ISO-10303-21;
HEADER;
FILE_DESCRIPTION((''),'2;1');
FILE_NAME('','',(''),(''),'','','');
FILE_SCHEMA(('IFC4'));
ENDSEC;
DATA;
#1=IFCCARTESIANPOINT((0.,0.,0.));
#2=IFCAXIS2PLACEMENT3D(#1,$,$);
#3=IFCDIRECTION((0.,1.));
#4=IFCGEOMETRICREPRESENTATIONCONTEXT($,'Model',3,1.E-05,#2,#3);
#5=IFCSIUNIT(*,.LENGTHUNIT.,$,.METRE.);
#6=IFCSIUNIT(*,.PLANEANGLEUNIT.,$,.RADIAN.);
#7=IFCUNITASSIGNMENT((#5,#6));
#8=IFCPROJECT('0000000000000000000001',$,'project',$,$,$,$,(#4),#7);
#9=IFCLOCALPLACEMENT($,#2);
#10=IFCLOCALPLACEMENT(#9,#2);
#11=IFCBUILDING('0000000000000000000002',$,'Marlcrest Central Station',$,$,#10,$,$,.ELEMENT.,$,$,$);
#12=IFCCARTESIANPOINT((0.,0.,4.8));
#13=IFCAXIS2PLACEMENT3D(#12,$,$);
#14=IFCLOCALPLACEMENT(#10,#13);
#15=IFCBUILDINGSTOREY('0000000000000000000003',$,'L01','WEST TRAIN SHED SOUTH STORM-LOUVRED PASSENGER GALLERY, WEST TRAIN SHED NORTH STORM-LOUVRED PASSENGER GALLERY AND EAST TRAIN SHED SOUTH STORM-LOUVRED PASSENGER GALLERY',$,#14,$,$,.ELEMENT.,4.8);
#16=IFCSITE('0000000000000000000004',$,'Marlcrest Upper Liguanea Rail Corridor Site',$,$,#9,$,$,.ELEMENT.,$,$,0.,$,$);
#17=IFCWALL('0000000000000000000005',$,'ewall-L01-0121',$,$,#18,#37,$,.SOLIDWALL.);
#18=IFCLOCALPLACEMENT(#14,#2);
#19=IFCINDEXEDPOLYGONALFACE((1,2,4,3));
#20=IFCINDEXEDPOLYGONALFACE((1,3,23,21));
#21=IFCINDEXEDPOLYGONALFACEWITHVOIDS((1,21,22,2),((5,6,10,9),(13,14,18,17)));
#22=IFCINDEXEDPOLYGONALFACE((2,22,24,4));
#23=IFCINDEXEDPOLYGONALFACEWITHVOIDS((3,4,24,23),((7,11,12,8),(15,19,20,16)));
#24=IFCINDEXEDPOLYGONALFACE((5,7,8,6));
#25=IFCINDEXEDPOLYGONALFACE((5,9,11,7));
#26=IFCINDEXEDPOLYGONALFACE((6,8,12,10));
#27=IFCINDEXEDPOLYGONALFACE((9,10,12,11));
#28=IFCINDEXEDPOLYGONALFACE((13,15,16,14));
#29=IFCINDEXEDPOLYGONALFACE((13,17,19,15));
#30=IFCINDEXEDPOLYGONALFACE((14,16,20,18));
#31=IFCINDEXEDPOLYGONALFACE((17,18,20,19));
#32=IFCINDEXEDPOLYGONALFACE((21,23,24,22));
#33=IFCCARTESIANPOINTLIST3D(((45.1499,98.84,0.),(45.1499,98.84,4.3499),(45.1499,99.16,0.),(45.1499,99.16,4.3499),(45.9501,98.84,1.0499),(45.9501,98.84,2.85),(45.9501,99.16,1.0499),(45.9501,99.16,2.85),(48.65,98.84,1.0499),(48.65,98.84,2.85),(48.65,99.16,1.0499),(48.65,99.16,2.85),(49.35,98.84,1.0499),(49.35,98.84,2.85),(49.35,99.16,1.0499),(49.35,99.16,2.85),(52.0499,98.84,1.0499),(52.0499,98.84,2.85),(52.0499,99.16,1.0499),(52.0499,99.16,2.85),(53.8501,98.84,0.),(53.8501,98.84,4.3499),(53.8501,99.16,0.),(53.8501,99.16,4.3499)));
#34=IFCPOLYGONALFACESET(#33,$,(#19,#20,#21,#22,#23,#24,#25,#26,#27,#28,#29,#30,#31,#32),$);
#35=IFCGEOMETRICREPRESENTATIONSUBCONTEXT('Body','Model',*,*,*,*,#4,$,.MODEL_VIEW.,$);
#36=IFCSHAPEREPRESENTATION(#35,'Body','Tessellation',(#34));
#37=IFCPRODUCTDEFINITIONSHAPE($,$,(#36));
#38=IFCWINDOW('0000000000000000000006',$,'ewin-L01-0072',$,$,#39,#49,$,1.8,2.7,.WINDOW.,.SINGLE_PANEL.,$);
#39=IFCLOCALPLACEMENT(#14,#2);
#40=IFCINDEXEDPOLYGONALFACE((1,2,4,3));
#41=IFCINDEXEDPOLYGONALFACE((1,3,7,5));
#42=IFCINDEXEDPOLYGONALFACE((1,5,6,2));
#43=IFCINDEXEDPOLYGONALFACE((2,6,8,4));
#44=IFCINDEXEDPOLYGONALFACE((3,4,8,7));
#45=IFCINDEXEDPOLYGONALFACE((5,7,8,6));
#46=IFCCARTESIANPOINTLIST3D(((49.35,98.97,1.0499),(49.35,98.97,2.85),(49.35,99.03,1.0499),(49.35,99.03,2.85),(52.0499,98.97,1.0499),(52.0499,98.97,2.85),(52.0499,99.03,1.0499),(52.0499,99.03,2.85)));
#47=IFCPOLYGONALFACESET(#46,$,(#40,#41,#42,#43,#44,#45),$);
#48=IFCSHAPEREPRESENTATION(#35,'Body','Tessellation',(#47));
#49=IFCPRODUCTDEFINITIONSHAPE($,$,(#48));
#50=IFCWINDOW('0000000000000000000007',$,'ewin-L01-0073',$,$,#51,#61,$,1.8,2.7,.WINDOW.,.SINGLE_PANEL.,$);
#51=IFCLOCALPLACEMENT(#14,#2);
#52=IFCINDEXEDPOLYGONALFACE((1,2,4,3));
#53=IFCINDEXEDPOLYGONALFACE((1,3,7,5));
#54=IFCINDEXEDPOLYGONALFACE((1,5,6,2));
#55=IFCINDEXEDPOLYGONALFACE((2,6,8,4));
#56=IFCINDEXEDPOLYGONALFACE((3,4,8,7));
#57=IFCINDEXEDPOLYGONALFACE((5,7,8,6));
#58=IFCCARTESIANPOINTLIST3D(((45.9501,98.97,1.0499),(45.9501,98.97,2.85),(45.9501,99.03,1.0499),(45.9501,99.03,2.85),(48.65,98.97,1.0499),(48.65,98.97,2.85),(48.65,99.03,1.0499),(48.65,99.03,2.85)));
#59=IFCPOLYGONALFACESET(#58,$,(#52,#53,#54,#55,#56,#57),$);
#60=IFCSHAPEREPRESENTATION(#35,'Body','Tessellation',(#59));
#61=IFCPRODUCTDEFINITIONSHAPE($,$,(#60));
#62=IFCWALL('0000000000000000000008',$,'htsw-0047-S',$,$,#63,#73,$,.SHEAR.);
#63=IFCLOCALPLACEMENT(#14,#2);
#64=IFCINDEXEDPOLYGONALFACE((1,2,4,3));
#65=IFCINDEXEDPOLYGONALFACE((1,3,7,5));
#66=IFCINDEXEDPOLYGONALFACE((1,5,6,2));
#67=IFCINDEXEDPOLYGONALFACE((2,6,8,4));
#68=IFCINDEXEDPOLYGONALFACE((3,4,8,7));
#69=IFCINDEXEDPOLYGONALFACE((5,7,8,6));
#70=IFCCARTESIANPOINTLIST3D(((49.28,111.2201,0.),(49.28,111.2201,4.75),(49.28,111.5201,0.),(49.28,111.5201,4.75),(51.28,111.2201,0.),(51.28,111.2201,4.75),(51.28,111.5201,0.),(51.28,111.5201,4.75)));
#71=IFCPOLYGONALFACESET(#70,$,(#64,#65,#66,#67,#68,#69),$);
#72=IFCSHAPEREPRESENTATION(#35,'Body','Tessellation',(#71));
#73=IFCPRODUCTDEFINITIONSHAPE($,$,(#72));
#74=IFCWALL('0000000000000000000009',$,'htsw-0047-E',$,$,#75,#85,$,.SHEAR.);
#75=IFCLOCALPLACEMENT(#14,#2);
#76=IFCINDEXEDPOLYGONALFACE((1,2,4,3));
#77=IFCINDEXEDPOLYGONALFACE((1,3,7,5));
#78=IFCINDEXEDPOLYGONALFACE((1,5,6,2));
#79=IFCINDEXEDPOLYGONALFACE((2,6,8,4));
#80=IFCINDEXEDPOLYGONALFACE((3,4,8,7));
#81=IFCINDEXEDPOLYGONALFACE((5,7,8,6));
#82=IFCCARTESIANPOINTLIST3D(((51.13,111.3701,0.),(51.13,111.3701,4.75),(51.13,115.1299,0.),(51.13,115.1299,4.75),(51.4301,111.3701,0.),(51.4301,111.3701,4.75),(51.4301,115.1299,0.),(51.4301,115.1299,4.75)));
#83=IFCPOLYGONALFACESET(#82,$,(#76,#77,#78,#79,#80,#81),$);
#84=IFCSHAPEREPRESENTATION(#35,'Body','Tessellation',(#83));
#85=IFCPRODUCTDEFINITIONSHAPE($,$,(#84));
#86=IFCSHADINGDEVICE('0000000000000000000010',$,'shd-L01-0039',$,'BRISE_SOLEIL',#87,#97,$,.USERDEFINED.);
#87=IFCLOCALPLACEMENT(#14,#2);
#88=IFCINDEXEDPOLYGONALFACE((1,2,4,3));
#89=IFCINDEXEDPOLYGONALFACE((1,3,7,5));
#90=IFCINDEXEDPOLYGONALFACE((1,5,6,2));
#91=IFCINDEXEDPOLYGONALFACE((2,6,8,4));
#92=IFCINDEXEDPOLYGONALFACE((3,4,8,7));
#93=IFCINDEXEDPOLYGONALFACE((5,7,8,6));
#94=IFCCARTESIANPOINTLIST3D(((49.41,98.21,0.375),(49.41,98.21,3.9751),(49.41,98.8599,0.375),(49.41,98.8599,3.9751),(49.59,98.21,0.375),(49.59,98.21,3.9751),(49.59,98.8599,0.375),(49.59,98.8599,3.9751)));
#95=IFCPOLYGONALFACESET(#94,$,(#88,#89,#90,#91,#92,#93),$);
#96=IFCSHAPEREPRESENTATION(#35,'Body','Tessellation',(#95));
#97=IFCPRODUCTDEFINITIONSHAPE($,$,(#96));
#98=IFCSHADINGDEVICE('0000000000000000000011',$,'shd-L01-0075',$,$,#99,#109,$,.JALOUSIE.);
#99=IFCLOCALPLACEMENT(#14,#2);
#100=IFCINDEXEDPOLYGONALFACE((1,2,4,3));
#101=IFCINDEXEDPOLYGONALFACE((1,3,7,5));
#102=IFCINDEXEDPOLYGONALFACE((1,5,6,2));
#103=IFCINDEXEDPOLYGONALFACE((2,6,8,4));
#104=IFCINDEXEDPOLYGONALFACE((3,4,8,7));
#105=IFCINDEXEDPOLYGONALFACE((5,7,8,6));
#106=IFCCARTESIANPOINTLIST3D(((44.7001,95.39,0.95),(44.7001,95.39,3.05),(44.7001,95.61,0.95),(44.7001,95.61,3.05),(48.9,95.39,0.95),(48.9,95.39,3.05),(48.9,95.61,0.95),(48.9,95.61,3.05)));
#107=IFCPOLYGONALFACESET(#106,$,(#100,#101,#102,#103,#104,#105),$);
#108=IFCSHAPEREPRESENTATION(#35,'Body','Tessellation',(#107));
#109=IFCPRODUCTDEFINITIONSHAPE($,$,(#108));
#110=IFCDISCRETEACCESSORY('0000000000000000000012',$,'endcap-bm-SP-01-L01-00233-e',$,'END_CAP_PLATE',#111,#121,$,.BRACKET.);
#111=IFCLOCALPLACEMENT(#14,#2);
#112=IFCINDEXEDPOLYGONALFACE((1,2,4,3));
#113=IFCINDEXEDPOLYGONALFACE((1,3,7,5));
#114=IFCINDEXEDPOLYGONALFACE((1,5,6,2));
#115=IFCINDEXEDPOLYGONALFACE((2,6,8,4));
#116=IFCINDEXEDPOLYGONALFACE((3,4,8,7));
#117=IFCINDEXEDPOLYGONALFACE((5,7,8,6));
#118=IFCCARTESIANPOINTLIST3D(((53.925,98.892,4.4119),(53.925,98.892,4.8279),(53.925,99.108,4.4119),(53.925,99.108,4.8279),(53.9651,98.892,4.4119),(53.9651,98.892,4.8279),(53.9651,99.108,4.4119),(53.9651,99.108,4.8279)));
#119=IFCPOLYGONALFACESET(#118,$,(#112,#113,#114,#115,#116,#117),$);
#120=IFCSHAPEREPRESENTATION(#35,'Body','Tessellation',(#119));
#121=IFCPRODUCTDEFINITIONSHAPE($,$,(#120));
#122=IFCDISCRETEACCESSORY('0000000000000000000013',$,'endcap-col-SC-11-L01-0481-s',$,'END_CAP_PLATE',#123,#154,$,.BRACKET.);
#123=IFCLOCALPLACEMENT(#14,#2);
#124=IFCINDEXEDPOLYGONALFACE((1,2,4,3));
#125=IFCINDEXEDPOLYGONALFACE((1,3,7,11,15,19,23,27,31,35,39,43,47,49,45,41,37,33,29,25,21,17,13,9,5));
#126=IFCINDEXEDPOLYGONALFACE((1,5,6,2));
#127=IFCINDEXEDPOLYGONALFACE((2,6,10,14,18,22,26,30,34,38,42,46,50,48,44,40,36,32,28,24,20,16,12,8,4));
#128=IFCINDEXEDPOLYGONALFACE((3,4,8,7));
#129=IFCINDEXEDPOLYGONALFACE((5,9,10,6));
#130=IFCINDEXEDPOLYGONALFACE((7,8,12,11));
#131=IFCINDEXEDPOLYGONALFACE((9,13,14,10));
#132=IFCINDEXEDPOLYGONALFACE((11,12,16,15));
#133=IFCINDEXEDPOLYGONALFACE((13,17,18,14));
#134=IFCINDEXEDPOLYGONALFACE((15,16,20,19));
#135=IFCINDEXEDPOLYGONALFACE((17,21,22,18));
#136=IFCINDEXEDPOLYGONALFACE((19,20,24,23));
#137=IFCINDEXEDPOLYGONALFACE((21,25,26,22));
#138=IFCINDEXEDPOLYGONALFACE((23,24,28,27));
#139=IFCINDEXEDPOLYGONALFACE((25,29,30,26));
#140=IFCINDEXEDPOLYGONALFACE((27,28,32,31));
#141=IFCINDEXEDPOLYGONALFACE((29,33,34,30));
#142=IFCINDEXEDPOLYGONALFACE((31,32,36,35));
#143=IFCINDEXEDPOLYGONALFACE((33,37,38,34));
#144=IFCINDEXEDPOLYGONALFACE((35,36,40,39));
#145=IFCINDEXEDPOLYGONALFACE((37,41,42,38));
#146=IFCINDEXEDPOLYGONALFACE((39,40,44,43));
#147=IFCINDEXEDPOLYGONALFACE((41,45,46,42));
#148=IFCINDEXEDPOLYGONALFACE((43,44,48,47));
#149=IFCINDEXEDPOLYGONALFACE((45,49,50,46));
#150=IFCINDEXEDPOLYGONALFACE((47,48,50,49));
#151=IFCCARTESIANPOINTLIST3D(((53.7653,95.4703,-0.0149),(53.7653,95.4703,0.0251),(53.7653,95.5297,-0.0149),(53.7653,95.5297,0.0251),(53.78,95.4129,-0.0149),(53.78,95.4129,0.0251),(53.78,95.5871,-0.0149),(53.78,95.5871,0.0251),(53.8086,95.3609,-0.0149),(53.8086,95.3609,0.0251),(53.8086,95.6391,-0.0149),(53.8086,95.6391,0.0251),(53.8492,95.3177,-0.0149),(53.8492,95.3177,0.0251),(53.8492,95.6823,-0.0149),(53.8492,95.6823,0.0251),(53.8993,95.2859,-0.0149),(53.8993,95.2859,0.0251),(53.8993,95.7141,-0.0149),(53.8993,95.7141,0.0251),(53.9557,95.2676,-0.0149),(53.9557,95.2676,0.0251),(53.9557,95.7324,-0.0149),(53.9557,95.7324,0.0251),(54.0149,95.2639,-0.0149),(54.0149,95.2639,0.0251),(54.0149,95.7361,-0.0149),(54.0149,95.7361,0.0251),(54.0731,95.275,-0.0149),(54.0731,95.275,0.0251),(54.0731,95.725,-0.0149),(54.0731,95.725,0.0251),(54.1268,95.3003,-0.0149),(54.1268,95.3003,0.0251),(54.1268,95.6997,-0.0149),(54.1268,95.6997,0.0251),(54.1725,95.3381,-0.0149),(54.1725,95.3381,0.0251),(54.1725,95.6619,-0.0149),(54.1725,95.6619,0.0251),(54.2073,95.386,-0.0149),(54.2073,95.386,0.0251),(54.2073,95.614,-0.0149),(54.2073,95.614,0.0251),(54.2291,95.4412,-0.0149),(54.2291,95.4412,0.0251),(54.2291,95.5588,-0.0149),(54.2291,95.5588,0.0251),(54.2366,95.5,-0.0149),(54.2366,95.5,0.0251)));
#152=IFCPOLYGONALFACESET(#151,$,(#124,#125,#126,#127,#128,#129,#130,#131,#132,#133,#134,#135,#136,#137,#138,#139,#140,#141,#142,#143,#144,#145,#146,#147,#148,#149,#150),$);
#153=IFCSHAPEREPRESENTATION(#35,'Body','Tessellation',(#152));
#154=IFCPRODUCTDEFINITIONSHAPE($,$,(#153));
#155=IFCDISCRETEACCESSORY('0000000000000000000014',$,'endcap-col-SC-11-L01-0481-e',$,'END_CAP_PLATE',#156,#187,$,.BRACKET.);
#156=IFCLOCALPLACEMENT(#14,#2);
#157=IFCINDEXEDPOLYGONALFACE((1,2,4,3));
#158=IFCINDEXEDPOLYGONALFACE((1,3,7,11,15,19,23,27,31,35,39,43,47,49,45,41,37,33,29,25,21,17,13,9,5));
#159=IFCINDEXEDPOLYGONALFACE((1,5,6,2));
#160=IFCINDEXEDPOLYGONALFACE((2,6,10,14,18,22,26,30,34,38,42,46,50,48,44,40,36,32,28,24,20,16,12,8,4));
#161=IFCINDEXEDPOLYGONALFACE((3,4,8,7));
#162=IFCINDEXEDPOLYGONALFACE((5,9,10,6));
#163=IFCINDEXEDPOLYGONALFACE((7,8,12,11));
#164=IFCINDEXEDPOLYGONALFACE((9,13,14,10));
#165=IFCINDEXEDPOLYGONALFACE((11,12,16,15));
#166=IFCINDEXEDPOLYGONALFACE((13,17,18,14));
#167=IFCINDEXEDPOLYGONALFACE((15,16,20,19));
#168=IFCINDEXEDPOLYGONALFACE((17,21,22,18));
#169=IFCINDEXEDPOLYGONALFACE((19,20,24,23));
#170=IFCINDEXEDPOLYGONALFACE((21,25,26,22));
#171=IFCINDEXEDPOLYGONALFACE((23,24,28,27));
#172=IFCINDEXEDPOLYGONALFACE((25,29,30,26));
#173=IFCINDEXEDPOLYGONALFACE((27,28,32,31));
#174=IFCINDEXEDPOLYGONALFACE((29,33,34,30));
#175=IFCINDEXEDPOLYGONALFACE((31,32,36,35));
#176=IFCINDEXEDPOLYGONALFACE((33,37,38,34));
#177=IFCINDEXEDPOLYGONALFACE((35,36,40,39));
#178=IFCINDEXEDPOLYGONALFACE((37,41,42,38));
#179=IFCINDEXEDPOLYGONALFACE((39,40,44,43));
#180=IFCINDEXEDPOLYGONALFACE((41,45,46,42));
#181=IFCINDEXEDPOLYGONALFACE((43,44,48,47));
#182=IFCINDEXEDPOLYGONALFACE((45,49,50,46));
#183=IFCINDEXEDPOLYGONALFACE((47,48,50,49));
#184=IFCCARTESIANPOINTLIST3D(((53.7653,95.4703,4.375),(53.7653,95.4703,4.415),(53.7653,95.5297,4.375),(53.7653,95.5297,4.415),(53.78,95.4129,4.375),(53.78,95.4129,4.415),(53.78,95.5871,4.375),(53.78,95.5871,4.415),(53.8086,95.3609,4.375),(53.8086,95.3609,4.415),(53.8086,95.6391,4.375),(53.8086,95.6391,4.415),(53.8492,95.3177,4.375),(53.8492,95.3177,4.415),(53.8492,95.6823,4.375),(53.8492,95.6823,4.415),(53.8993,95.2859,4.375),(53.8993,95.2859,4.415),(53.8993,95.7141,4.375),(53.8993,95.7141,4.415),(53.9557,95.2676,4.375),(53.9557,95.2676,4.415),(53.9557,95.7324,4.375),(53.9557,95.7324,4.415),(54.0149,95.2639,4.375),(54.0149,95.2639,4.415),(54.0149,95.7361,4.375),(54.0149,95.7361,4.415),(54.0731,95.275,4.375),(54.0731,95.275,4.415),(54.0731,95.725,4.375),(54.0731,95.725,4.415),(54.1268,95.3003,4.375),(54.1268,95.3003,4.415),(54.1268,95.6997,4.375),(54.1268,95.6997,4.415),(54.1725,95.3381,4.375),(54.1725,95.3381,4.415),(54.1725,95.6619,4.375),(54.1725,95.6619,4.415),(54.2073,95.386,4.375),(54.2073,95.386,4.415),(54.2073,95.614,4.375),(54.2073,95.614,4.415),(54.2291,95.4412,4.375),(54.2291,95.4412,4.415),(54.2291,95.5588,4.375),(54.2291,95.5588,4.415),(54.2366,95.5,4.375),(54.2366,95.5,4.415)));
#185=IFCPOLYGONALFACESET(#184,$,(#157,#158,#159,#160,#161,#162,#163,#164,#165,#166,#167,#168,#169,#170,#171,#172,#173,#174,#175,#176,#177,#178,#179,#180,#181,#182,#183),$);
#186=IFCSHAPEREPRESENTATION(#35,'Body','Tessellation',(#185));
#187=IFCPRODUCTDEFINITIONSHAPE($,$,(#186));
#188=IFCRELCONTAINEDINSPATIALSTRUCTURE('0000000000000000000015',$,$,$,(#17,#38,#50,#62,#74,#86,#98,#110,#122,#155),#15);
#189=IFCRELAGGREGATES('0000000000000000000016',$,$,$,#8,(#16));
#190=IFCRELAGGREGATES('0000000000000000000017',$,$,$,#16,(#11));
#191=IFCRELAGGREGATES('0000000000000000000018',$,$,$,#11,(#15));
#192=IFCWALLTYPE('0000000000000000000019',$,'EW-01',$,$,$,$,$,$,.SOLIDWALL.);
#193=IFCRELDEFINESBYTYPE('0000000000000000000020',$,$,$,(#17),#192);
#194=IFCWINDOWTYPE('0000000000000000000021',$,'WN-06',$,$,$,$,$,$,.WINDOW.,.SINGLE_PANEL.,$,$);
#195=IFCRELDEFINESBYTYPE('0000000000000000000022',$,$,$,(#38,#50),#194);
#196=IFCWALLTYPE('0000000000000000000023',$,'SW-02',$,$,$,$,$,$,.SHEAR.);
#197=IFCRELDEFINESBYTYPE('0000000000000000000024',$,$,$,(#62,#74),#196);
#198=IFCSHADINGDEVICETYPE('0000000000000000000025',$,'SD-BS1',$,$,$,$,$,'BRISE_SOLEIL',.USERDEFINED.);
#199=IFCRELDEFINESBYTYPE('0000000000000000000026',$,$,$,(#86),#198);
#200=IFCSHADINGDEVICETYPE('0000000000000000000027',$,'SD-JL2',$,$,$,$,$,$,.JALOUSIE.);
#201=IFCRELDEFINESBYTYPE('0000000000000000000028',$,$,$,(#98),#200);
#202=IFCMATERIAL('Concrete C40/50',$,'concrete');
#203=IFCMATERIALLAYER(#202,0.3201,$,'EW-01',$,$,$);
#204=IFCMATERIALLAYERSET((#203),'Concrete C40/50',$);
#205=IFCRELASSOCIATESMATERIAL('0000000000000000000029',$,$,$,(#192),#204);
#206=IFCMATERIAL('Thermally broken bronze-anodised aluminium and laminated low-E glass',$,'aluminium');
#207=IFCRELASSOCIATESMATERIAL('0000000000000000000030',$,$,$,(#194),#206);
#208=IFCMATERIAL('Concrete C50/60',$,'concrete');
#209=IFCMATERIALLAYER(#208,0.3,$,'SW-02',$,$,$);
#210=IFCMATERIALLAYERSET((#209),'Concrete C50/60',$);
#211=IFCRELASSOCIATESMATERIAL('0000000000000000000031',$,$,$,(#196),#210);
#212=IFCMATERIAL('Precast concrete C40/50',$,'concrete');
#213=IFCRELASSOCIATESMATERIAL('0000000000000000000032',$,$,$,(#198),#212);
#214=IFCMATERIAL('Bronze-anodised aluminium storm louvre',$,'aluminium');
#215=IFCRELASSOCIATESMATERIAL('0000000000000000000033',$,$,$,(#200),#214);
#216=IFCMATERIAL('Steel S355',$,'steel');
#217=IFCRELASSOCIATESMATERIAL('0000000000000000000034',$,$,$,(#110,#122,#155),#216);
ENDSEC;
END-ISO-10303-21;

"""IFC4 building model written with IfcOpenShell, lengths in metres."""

from ifc_helpers import new_model, si_unit, direction, frame, frame_2d, origin, origin_2d, place, context, subcontext, project, spatial, rectangle, circle, extrude, material, layer, layer_set, type_object, element, fill, save


model = new_model("IFC4")

# Units and contexts
model_context = context("Model", 3, precision=1e-05, world=origin(), true_north=direction((0.0, 1.0)))
body_context = subcontext(model_context, "Body", "Model", "MODEL_VIEW")
ifc_project = project(units=[si_unit("LENGTHUNIT", "METRE"), si_unit("PLANEANGLEUNIT", "RADIAN")], contexts=[model_context])

# Site, building, storey
site_placement = place(None, origin())
site = spatial("IfcSite", under=ifc_project, at=site_placement, Name="Marlcrest Upper Liguanea Rail Corridor Site", CompositionType="ELEMENT", RefElevation=0.0)
building_placement = place(site_placement, origin())
building = spatial("IfcBuilding", under=site, at=building_placement, Name="Marlcrest Central Station", CompositionType="ELEMENT")
storey_placement = place(building_placement, frame((0.0, 0.0, 4.8)))
storey = spatial("IfcBuildingStorey", under=building, at=storey_placement, Name="L01", Description="WEST TRAIN SHED SOUTH STORM-LOUVRED PASSENGER GALLERY, WEST TRAIN SHED NORTH STORM-LOUVRED PASSENGER GALLERY AND EAST TRAIN SHED SOUTH STORM-LOUVRED PASSENGER GALLERY", CompositionType="ELEMENT", Elevation=4.8)

# Shared definitions
ifc_material_1 = material(Name="Steel S355", Category="steel")

# Wall, openings, windows
ifc_material_2 = material(Name="Concrete C40/50", Category="concrete")
ifc_layer_1 = layer(ifc_material_2, 0.3201, Name="EW-01")
ifc_layer_set_1 = layer_set([ifc_layer_1], Name="Concrete C40/50")
wall_type_1 = type_object("IfcWallType", Name="EW-01", PredefinedType="SOLIDWALL", material=ifc_layer_set_1)
wall_1_placement = place(storey_placement, frame((53.8501, 99.0, 0.0), z_axis=(0.0, 0.0, 1.0), x_axis=(-1.0, 0.0, 0.0)))
wall_1 = element("IfcWall", 1, at=wall_1_placement, inside=storey, type_object=wall_type_1, Name="ewall-L01-0121", PredefinedType="SOLIDWALL", context=body_context, shape_type="SweptSolid", body=[
    extrude(rectangle(XDim=8.7002, YDim=0.3201, at=frame_2d((4.3501, 0.0))), origin(), (0.0, 0.0, 1.0), 4.3499),
])
opening_1_placement = place(wall_1_placement, frame((1.8, 0.0, 1.05)))
opening_1 = element("IfcOpeningElement", 2, at=opening_1_placement, cuts=wall_1, PredefinedType="OPENING", context=body_context, shape_type="SweptSolid", body=[
    extrude(rectangle(XDim=2.7, YDim=1.8, at=frame_2d((1.3501, 0.8999))), frame((0.0, 0.1699, 0.0), z_axis=(0.0, -1.0, 0.0), x_axis=(1.0, 0.0, 0.0)), (0.0, 0.0, 1.0), 0.3401),
])
opening_2_placement = place(wall_1_placement, frame((5.2, 0.0, 1.05)))
opening_2 = element("IfcOpeningElement", 3, at=opening_2_placement, cuts=wall_1, PredefinedType="OPENING", context=body_context, shape_type="SweptSolid", body=[
    extrude(rectangle(XDim=2.7, YDim=1.8, at=frame_2d((1.3501, 0.8999))), frame((0.0, 0.1699, 0.0), z_axis=(0.0, -1.0, 0.0), x_axis=(1.0, 0.0, 0.0)), (0.0, 0.0, 1.0), 0.3401),
])
ifc_material_3 = material(Name="Thermally broken bronze-anodised aluminium and laminated low-E glass", Category="aluminium")
window_type = type_object("IfcWindowType", Name="WN-06", PartitioningType="SINGLE_PANEL", PredefinedType="WINDOW", material=ifc_material_3)
window_1_placement = place(opening_1_placement, origin())
window_1 = element("IfcWindow", 4, at=window_1_placement, inside=storey, type_object=window_type, Name="ewin-L01-0072", OverallHeight=1.8, OverallWidth=2.7, PartitioningType="SINGLE_PANEL", PredefinedType="WINDOW", context=body_context, shape_type="SweptSolid", body=[
    extrude(rectangle(XDim=2.7, YDim=1.8, at=frame_2d((1.3501, 0.8999))), frame((0.0, 0.03, 0.0), z_axis=(0.0, -1.0, 0.0), x_axis=(1.0, 0.0, 0.0)), (0.0, 0.0, 1.0), 0.0601),
])
fill(opening_1, window_1)
window_2_placement = place(opening_2_placement, origin())
window_2 = element("IfcWindow", 5, at=window_2_placement, inside=storey, type_object=window_type, Name="ewin-L01-0073", OverallHeight=1.8, OverallWidth=2.7, PartitioningType="SINGLE_PANEL", PredefinedType="WINDOW", context=body_context, shape_type="SweptSolid", body=[
    extrude(rectangle(XDim=2.7, YDim=1.8, at=frame_2d((1.3501, 0.8999))), frame((0.0, 0.03, 0.0), z_axis=(0.0, -1.0, 0.0), x_axis=(1.0, 0.0, 0.0)), (0.0, 0.0, 1.0), 0.0601),
])
fill(opening_2, window_2)

# Walls
ifc_material_4 = material(Name="Concrete C50/60", Category="concrete")
ifc_layer_2 = layer(ifc_material_4, 0.3, Name="SW-02")
ifc_layer_set_2 = layer_set([ifc_layer_2], Name="Concrete C50/60")
wall_type_2 = type_object("IfcWallType", Name="SW-02", PredefinedType="SHEAR", material=ifc_layer_set_2)
wall_2_placement = place(storey_placement, frame((49.28, 111.3701, 0.0), z_axis=(0.0, 0.0, 1.0), x_axis=(1.0, 0.0, 0.0)))
element("IfcWall", 6, at=wall_2_placement, inside=storey, type_object=wall_type_2, Name="htsw-0047-S", PredefinedType="SHEAR", context=body_context, shape_type="SweptSolid", body=[
    extrude(rectangle(XDim=2.0, YDim=0.3, at=frame_2d((1.0, 0.0))), origin(), (0.0, 0.0, 1.0), 4.75),
])
wall_3_placement = place(storey_placement, frame((51.28, 111.3701, 0.0), z_axis=(0.0, 0.0, 1.0), x_axis=(0.0, 1.0, 0.0)))
element("IfcWall", 7, at=wall_3_placement, inside=storey, type_object=wall_type_2, Name="htsw-0047-E", PredefinedType="SHEAR", context=body_context, shape_type="SweptSolid", body=[
    extrude(rectangle(XDim=3.7598, YDim=0.3, at=frame_2d((1.8799, 0.0))), origin(), (0.0, 0.0, 1.0), 4.75),
])

# Shading devices
ifc_material_5 = material(Name="Precast concrete C40/50", Category="concrete")
shading_device_type_1 = type_object("IfcShadingDeviceType", Name="SD-BS1", ElementType="BRISE_SOLEIL", PredefinedType="USERDEFINED", material=ifc_material_5)
shading_device_1_placement = place(storey_placement, frame((49.5, 98.5349, 0.375), z_axis=(0.0, 0.0, 1.0), x_axis=(1.0, 0.0, 0.0)))
element("IfcShadingDevice", 8, at=shading_device_1_placement, inside=storey, type_object=shading_device_type_1, Name="shd-L01-0039", ObjectType="BRISE_SOLEIL", PredefinedType="USERDEFINED", context=body_context, shape_type="SweptSolid", body=[
    extrude(rectangle(XDim=0.1799, YDim=0.6499, at=origin_2d()), origin(), (0.0, 0.0, 1.0), 3.6001),
])
ifc_material_6 = material(Name="Bronze-anodised aluminium storm louvre", Category="aluminium")
shading_device_type_2 = type_object("IfcShadingDeviceType", Name="SD-JL2", PredefinedType="JALOUSIE", material=ifc_material_6)
shading_device_2_placement = place(storey_placement, frame((46.8, 95.5, 0.95), z_axis=(0.0, 0.0, 1.0), x_axis=(1.0, 0.0, 0.0)))
element("IfcShadingDevice", 9, at=shading_device_2_placement, inside=storey, type_object=shading_device_type_2, Name="shd-L01-0075", PredefinedType="JALOUSIE", context=body_context, shape_type="SweptSolid", body=[
    extrude(rectangle(XDim=4.2, YDim=0.22, at=origin_2d()), origin(), (0.0, 0.0, 1.0), 2.1001),
])

# Discrete accessories
discrete_accessory_placement = place(storey_placement, frame((53.925, 99.0, 4.6199), z_axis=(1.0, 0.0, 0.0), x_axis=(0.0, 1.0, 0.0)))
element("IfcDiscreteAccessory", 10, at=discrete_accessory_placement, inside=storey, material=ifc_material_1, Name="endcap-bm-SP-01-L01-00233-e", ObjectType="END_CAP_PLATE", PredefinedType="BRACKET", context=body_context, shape_type="SweptSolid", body=[
    extrude(rectangle(XDim=0.2161, YDim=0.416, at=origin_2d()), origin(), (0.0, 0.0, 1.0), 0.04),
])
for number, where, z_axis, x_axis, name in (
    (11, (54.0, 95.5, -0.0149), (0.0, 0.0, 1.0), (1.0, 0.0, 0.0), "endcap-col-SC-11-L01-0481-s"),
    (12, (54.0, 95.5, 4.375), (0.0, 0.0, 1.0), (1.0, 0.0, 0.0), "endcap-col-SC-11-L01-0481-e"),
):
    element("IfcDiscreteAccessory", number, at=place(storey_placement, frame(where, z_axis=z_axis, x_axis=x_axis)), inside=storey, material=ifc_material_1, Name=name, ObjectType="END_CAP_PLATE", PredefinedType="BRACKET", context=body_context, shape_type="SweptSolid", body=[
        extrude(circle(Radius=0.2366, at=origin_2d()), origin(), (0.0, 0.0, 1.0), 0.04),
    ])

save(model, "model.ifc")
